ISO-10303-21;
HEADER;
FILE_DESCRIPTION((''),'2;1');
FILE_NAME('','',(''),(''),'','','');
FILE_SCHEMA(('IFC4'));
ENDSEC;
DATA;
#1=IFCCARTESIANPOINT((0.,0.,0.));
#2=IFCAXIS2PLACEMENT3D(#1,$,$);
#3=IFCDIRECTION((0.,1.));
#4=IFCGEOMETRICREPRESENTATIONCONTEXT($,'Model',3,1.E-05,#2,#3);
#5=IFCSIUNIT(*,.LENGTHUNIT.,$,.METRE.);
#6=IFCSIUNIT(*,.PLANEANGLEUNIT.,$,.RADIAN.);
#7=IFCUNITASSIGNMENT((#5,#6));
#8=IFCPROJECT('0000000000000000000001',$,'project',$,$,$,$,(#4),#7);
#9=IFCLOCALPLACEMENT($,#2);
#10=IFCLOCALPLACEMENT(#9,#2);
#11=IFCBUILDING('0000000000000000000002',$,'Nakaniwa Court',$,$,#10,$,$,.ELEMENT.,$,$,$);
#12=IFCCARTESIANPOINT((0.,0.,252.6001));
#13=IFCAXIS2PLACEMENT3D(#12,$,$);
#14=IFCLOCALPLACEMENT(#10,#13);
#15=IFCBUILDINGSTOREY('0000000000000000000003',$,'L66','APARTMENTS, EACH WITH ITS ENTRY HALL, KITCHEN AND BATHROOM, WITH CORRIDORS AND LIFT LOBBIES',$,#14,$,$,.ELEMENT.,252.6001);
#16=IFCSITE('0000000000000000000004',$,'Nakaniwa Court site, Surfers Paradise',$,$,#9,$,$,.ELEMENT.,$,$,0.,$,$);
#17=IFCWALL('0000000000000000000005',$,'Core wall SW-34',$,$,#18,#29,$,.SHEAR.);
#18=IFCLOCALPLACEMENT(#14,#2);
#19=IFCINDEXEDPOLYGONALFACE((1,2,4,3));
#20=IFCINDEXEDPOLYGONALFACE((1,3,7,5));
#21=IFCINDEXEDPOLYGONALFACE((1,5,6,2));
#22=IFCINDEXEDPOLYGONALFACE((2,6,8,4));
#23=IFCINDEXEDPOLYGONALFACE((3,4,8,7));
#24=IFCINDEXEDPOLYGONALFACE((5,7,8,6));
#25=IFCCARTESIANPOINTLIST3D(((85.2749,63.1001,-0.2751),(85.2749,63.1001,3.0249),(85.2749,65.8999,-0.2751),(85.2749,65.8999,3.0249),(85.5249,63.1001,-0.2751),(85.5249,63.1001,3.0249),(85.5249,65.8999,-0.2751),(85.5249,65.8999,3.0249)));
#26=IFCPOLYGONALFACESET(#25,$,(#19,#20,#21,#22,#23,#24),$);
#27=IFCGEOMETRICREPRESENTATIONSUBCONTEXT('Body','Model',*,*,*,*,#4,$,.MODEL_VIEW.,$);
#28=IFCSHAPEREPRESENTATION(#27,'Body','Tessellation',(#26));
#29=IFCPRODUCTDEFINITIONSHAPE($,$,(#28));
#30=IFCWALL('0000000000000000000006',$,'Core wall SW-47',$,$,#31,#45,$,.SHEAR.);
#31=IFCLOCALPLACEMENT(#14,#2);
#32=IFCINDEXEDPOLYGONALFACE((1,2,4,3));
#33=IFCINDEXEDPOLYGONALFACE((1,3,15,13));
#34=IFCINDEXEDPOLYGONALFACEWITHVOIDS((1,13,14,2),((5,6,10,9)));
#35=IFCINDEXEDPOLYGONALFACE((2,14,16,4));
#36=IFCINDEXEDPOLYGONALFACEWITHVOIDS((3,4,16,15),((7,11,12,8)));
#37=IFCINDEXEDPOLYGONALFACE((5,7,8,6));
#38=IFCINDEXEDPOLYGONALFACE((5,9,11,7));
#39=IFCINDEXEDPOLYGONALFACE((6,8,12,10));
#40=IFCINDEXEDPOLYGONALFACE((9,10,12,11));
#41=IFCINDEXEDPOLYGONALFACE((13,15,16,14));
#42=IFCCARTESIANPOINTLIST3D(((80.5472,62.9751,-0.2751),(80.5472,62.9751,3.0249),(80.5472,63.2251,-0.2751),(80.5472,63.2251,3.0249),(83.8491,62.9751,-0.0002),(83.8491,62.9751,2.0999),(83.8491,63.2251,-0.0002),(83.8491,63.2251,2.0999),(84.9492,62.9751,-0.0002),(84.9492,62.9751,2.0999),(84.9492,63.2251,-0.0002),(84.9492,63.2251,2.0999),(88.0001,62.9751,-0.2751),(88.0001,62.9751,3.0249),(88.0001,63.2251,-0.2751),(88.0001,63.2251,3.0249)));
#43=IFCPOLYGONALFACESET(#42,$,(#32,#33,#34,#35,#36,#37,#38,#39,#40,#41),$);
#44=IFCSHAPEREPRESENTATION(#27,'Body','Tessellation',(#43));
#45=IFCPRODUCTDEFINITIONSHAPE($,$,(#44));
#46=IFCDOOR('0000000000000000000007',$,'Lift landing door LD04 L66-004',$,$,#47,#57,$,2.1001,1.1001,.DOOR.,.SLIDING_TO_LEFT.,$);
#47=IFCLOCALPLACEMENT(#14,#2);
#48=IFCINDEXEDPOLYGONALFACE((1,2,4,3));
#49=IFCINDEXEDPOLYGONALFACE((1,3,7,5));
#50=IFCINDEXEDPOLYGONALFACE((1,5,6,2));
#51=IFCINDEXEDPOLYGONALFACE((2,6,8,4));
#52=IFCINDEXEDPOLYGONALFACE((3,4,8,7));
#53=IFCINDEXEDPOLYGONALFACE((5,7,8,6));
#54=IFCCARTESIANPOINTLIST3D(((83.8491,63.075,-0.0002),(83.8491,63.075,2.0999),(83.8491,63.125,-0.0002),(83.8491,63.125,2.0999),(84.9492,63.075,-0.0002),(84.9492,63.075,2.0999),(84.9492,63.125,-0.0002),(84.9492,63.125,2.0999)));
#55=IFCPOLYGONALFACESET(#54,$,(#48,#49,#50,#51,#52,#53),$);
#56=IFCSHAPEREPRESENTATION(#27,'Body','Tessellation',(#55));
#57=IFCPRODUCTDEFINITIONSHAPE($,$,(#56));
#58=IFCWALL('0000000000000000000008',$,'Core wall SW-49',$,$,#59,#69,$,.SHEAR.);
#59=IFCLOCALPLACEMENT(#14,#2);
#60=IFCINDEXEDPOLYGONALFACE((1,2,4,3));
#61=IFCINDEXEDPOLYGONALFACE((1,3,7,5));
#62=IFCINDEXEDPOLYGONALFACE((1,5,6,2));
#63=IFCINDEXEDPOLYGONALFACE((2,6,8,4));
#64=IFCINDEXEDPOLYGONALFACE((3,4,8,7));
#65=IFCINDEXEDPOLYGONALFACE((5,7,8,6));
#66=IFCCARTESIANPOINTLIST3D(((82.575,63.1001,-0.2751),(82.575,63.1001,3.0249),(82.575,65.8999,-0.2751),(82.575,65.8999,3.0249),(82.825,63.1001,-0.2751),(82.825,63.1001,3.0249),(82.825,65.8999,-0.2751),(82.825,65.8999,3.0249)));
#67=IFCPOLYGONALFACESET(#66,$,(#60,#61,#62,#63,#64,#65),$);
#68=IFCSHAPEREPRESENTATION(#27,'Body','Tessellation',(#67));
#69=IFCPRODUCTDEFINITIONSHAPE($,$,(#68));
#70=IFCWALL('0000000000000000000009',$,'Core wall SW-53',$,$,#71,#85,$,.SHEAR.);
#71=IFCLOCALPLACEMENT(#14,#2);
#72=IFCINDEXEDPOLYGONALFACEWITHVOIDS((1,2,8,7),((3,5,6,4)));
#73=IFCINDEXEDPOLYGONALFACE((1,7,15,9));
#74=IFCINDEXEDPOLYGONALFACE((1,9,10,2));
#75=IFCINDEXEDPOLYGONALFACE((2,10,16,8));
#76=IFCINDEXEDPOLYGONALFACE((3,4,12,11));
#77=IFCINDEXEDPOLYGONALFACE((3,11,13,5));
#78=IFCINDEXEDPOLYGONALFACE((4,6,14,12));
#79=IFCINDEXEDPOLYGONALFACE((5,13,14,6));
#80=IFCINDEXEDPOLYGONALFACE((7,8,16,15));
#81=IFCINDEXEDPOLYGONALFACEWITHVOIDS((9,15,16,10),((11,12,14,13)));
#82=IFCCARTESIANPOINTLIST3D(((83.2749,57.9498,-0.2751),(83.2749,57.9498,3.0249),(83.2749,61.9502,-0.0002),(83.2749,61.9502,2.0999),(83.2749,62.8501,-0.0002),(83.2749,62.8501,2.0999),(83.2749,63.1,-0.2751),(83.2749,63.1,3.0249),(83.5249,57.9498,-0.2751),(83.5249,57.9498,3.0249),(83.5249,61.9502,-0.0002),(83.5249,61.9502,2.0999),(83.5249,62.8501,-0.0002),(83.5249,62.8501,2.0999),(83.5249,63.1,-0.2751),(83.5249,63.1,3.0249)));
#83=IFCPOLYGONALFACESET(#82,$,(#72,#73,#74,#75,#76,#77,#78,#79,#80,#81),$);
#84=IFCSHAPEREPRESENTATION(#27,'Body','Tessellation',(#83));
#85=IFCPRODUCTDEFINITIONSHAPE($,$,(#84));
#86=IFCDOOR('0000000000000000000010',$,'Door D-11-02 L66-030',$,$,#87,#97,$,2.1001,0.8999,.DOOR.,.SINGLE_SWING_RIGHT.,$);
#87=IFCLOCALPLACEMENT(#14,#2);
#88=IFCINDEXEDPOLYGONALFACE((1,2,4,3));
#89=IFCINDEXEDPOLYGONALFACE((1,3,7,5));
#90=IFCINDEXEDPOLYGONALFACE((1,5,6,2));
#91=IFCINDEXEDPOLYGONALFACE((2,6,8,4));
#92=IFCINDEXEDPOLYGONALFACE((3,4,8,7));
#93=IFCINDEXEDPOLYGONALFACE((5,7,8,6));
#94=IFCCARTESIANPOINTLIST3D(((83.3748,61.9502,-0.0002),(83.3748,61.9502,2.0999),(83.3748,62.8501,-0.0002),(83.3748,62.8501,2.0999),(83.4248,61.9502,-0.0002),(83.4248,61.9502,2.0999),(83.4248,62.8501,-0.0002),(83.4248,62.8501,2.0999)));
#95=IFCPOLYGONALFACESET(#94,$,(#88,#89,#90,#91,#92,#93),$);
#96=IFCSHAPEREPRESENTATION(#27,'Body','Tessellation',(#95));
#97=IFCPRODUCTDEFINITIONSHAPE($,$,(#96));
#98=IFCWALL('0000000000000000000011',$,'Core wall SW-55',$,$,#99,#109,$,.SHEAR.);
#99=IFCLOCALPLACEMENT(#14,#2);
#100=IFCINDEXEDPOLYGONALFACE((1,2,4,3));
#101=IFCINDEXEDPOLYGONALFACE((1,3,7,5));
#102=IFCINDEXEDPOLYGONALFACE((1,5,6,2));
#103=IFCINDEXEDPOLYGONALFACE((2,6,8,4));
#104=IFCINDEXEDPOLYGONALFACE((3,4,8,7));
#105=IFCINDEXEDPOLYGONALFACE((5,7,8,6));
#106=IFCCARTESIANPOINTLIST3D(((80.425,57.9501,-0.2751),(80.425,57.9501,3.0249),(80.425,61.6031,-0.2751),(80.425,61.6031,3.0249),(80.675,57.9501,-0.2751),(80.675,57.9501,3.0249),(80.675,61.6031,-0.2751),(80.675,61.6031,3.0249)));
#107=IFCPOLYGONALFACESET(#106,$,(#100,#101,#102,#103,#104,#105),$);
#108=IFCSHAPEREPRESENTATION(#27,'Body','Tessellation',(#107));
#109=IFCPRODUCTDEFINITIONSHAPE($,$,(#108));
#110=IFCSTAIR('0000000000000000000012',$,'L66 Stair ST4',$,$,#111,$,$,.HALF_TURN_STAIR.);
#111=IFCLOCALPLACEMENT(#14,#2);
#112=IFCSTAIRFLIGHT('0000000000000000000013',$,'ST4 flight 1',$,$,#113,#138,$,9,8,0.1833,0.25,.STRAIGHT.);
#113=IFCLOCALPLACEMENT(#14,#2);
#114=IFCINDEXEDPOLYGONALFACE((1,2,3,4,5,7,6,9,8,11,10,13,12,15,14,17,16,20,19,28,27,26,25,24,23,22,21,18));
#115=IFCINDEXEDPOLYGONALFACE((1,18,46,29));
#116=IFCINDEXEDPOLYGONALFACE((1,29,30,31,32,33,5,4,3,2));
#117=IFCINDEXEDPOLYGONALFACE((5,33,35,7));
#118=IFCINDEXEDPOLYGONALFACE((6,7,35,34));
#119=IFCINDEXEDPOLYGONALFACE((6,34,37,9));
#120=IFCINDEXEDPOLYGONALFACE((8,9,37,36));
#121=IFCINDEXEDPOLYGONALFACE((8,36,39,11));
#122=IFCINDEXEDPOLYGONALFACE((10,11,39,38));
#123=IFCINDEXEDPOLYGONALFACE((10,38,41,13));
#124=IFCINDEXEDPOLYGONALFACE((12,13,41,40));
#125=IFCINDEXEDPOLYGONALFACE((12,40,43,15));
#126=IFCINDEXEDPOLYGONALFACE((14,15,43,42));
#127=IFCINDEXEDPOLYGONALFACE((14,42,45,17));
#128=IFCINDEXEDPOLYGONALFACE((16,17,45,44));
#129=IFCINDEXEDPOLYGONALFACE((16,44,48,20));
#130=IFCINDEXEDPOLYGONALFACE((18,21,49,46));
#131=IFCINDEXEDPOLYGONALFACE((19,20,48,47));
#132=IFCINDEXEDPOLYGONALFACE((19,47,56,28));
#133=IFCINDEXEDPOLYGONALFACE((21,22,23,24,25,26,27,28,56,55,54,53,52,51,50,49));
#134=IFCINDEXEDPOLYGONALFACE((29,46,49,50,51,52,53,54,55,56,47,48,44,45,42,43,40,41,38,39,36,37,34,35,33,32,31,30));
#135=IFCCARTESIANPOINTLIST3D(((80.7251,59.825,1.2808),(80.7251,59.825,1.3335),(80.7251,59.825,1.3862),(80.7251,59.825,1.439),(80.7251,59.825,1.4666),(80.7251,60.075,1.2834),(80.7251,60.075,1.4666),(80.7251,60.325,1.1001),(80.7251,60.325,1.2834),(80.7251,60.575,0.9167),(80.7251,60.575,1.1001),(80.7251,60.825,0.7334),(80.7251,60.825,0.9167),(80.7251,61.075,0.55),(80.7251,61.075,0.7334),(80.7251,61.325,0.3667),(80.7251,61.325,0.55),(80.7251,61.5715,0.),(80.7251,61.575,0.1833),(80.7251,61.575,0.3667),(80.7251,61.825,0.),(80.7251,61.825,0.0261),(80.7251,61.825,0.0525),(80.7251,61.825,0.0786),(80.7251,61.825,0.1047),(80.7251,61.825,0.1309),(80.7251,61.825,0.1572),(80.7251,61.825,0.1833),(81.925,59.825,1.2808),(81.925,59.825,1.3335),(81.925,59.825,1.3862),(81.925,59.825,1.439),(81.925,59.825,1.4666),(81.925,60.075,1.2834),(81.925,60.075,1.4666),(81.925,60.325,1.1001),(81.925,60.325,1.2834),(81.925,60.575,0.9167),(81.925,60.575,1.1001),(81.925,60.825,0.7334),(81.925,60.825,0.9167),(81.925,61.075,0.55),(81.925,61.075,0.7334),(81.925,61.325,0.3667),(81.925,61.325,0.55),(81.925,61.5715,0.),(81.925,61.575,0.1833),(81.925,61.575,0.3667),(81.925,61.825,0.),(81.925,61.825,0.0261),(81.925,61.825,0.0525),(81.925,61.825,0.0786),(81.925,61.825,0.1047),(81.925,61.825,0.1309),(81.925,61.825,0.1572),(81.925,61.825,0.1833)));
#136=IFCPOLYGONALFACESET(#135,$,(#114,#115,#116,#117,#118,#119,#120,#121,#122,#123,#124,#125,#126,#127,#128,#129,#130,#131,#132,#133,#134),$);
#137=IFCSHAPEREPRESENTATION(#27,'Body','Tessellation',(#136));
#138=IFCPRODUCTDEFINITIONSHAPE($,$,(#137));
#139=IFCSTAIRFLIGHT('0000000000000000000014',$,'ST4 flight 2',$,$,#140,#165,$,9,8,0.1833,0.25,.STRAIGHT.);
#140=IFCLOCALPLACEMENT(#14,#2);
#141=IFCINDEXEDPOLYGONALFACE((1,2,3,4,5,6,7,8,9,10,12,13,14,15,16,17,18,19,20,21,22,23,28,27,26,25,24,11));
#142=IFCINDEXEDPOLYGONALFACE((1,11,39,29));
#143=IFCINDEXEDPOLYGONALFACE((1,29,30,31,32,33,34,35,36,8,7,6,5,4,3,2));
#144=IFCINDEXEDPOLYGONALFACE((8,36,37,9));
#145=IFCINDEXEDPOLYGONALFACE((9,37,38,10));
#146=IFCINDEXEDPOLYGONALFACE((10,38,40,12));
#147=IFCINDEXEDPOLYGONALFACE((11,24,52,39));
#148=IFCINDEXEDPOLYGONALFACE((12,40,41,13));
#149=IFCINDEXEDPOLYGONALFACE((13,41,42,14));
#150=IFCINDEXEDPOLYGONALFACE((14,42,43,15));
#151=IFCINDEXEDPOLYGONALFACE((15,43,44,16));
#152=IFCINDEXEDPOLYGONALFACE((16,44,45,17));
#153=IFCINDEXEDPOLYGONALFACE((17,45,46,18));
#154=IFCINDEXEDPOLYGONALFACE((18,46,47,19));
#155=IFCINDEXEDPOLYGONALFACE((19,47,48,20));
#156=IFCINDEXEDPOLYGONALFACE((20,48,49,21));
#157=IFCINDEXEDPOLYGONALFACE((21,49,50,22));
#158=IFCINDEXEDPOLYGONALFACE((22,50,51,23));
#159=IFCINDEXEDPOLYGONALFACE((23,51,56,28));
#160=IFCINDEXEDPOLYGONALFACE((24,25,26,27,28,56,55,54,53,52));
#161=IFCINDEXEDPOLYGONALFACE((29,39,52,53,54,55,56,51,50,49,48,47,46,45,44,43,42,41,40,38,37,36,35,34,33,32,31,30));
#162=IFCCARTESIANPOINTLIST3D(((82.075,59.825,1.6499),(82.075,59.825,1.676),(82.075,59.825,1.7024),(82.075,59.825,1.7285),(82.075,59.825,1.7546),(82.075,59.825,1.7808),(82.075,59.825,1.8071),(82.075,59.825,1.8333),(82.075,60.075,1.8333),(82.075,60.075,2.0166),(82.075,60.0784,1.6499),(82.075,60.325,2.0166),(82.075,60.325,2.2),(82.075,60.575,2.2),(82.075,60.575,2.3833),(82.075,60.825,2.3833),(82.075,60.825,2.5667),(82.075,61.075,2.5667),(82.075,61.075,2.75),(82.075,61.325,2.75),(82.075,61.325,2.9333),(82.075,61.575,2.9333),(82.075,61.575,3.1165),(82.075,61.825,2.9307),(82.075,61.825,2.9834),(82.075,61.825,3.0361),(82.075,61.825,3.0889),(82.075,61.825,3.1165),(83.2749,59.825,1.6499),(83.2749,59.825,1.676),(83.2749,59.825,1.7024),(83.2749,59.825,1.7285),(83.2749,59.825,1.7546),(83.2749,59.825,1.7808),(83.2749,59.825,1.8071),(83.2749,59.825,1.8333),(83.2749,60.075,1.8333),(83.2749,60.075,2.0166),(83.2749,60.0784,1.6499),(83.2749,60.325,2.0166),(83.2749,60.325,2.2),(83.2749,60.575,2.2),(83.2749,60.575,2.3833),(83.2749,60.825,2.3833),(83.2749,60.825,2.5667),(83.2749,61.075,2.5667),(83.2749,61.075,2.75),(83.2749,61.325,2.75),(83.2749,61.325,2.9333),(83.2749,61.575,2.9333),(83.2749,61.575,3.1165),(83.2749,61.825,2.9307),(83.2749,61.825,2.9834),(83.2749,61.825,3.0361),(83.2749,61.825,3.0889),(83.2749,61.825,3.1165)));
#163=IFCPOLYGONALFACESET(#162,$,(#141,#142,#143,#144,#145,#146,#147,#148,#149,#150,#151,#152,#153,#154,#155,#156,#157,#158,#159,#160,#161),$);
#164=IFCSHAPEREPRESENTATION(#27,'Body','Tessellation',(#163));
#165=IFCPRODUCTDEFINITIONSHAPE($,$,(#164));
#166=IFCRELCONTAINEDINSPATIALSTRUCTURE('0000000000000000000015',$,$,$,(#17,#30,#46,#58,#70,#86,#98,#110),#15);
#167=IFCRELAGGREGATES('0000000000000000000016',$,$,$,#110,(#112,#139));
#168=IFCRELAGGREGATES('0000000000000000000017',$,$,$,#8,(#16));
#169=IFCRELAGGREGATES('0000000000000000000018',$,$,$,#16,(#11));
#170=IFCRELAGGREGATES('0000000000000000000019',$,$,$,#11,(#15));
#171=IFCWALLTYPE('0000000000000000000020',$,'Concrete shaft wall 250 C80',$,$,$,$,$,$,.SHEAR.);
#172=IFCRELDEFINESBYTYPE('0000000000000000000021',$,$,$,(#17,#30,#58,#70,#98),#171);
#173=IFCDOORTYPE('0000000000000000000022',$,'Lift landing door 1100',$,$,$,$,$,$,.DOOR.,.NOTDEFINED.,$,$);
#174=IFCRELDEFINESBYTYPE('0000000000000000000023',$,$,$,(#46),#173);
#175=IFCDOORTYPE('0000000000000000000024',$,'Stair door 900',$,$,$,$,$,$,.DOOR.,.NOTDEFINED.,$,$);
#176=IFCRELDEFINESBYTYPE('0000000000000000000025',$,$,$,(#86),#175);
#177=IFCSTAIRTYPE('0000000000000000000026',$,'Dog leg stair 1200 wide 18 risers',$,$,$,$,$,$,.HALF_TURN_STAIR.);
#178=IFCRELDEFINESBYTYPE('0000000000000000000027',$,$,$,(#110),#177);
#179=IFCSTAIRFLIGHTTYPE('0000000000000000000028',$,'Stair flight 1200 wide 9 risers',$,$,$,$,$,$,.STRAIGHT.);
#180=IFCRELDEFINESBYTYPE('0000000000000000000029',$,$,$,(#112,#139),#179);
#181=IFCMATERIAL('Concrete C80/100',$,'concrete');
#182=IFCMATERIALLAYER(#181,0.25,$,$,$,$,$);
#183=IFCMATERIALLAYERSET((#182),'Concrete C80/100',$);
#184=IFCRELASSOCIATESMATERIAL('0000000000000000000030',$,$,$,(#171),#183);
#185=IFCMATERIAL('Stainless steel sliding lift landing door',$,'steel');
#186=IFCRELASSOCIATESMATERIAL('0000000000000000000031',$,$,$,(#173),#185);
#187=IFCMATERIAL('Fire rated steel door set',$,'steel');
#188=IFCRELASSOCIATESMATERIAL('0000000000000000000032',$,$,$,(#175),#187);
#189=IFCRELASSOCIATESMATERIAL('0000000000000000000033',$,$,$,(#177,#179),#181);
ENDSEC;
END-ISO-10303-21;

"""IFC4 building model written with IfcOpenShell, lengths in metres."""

from ifc_helpers import new_model, si_unit, direction, frame, frame_2d, origin, place, context, subcontext, project, spatial, polyline, rectangle, outline, extrude, material, layer, layer_set, type_object, element, fill, aggregate, save


model = new_model("IFC4")

# Units and contexts
model_context = context("Model", 3, precision=1e-05, world=origin(), true_north=direction((0.0, 1.0)))
body_context = subcontext(model_context, "Body", "Model", "MODEL_VIEW")
ifc_project = project(units=[si_unit("LENGTHUNIT", "METRE"), si_unit("PLANEANGLEUNIT", "RADIAN")], contexts=[model_context])

# Site, building, storey
site_placement = place(None, origin())
site = spatial("IfcSite", under=ifc_project, at=site_placement, Name="Nakaniwa Court site, Surfers Paradise", CompositionType="ELEMENT", RefElevation=0.0)
building_placement = place(site_placement, origin())
building = spatial("IfcBuilding", under=site, at=building_placement, Name="Nakaniwa Court", CompositionType="ELEMENT")
storey_placement = place(building_placement, frame((0.0, 0.0, 252.6001)))
storey = spatial("IfcBuildingStorey", under=building, at=storey_placement, Name="L66", Description="APARTMENTS, EACH WITH ITS ENTRY HALL, KITCHEN AND BATHROOM, WITH CORRIDORS AND LIFT LOBBIES", CompositionType="ELEMENT", Elevation=252.6001)

# Shared definitions
ifc_material_1 = material(Name="Fire rated steel door set", Category="steel")

# Wall
ifc_material_2 = material(Name="Concrete C80/100", Category="concrete")
ifc_layer_1 = layer(ifc_material_2, 0.25)
ifc_layer_set_1 = layer_set([ifc_layer_1], Name="Concrete C80/100")
wall_type_1 = type_object("IfcWallType", Name="Concrete shaft wall 250 C80", PredefinedType="SHEAR", material=ifc_layer_set_1)
wall_1_placement = place(storey_placement, frame((85.3999, 63.1001, -0.2751), z_axis=(0.0, 0.0, 1.0), x_axis=(0.0, 1.0, 0.0)))
element("IfcWall", 1, at=wall_1_placement, inside=storey, type_object=wall_type_1, Name="Core wall SW-34", PredefinedType="SHEAR", context=body_context, shape_type="SweptSolid", body=[
    extrude(rectangle(XDim=2.7998, YDim=0.25, at=frame_2d((1.3999, 0.0))), origin(), (0.0, 0.0, 1.0), 3.3),
])

# Wall, opening, door
wall_2_placement = place(storey_placement, frame((80.5471, 63.1001, -0.2751), z_axis=(0.0, 0.0, 1.0), x_axis=(1.0, 0.0, 0.0)))
wall_2 = element("IfcWall", 2, at=wall_2_placement, inside=storey, type_object=wall_type_1, Name="Core wall SW-47", PredefinedType="SHEAR", context=body_context, shape_type="SweptSolid", body=[
    extrude(rectangle(XDim=7.4529, YDim=0.25, at=frame_2d((3.7266, 0.0))), origin(), (0.0, 0.0, 1.0), 3.3),
])
opening_1_placement = place(wall_2_placement, frame((3.302, 0.0, 0.2749)))
opening_1 = element("IfcOpeningElement", 3, at=opening_1_placement, cuts=wall_2, PredefinedType="OPENING", context=body_context, shape_type="SweptSolid", body=[
    extrude(rectangle(XDim=1.1001, YDim=2.1001, at=frame_2d((0.55, 1.05))), frame((0.0, 0.135, 0.0), z_axis=(0.0, -1.0, 0.0), x_axis=(1.0, 0.0, 0.0)), (0.0, 0.0, 1.0), 0.27),
])
ifc_material_3 = material(Name="Stainless steel sliding lift landing door", Category="steel")
door_type_1 = type_object("IfcDoorType", Name="Lift landing door 1100", OperationType="NOTDEFINED", PredefinedType="DOOR", material=ifc_material_3)
door_1_placement = place(opening_1_placement, origin())
door_1 = element("IfcDoor", 4, at=door_1_placement, inside=storey, type_object=door_type_1, Name="Lift landing door LD04 L66-004", OperationType="SLIDING_TO_LEFT", OverallHeight=2.1001, OverallWidth=1.1001, PredefinedType="DOOR", context=body_context, shape_type="SweptSolid", body=[
    extrude(rectangle(XDim=1.1001, YDim=2.1001, at=frame_2d((0.55, 1.05))), frame((0.0, 0.0249, 0.0), z_axis=(0.0, -1.0, 0.0), x_axis=(1.0, 0.0, 0.0)), (0.0, 0.0, 1.0), 0.05),
])
fill(opening_1, door_1)

# Wall
wall_3_placement = place(storey_placement, frame((82.7, 63.1001, -0.2751), z_axis=(0.0, 0.0, 1.0), x_axis=(0.0, 1.0, 0.0)))
element("IfcWall", 5, at=wall_3_placement, inside=storey, type_object=wall_type_1, Name="Core wall SW-49", PredefinedType="SHEAR", context=body_context, shape_type="SweptSolid", body=[
    extrude(rectangle(XDim=2.7998, YDim=0.25, at=frame_2d((1.3999, 0.0))), origin(), (0.0, 0.0, 1.0), 3.3),
])

# Wall, opening, door
wall_4_placement = place(storey_placement, frame((83.3999, 63.1001, -0.2751), z_axis=(0.0, 0.0, 1.0), x_axis=(0.0, -1.0, 0.0)))
wall_4 = element("IfcWall", 6, at=wall_4_placement, inside=storey, type_object=wall_type_1, Name="Core wall SW-53", PredefinedType="SHEAR", context=body_context, shape_type="SweptSolid", body=[
    extrude(rectangle(XDim=5.1501, YDim=0.25, at=frame_2d((2.5752, 0.0))), origin(), (0.0, 0.0, 1.0), 3.3),
])
opening_2_placement = place(wall_4_placement, frame((0.25, 0.0, 0.2749)))
opening_2 = element("IfcOpeningElement", 7, at=opening_2_placement, cuts=wall_4, PredefinedType="OPENING", context=body_context, shape_type="SweptSolid", body=[
    extrude(rectangle(XDim=0.8999, YDim=2.1001, at=frame_2d((0.45, 1.05))), frame((0.0, 0.135, 0.0), z_axis=(0.0, -1.0, 0.0), x_axis=(1.0, 0.0, 0.0)), (0.0, 0.0, 1.0), 0.27),
])
door_type_2 = type_object("IfcDoorType", Name="Stair door 900", OperationType="NOTDEFINED", PredefinedType="DOOR", material=ifc_material_1)
door_2_placement = place(opening_2_placement, origin())
door_2 = element("IfcDoor", 8, at=door_2_placement, inside=storey, type_object=door_type_2, Name="Door D-11-02 L66-030", OperationType="SINGLE_SWING_RIGHT", OverallHeight=2.1001, OverallWidth=0.8999, PredefinedType="DOOR", context=body_context, shape_type="SweptSolid", body=[
    extrude(rectangle(XDim=0.8999, YDim=2.1001, at=frame_2d((0.45, 1.05))), frame((0.0, 0.0249, 0.0), z_axis=(0.0, -1.0, 0.0), x_axis=(1.0, 0.0, 0.0)), (0.0, 0.0, 1.0), 0.05),
])
fill(opening_2, door_2)

# Wall
wall_5_placement = place(storey_placement, frame((80.55, 57.95, -0.2751), z_axis=(0.0, 0.0, 1.0), x_axis=(0.0, 1.0, 0.0)))
element("IfcWall", 9, at=wall_5_placement, inside=storey, type_object=wall_type_1, Name="Core wall SW-55", PredefinedType="SHEAR", context=body_context, shape_type="SweptSolid", body=[
    extrude(rectangle(XDim=3.6531, YDim=0.25, at=frame_2d((1.8267, 0.0))), origin(), (0.0, 0.0, 1.0), 3.3),
])

# Stair, stair flights
stair_type = type_object("IfcStairType", Name="Dog leg stair 1200 wide 18 risers", PredefinedType="HALF_TURN_STAIR", material=ifc_material_2)
stair_placement = place(storey_placement, origin())
stair = element("IfcStair", 10, at=stair_placement, inside=storey, type_object=stair_type, Name="L66 Stair ST4", PredefinedType="HALF_TURN_STAIR")
stair_flight_type = type_object("IfcStairFlightType", Name="Stair flight 1200 wide 9 risers", PredefinedType="STRAIGHT", material=ifc_material_2)
stair_flight_1_placement = place(storey_placement, frame((81.325, 61.825, 0.0), z_axis=(0.0, 0.0, 1.0), x_axis=(0.0, -1.0, 0.0)))
stair_flight_1 = element("IfcStairFlight", 11, at=stair_flight_1_placement, type_object=stair_flight_type, Name="ST4 flight 1", NumberOfRisers=9, NumberOfTreads=8, PredefinedType="STRAIGHT", RiserHeight=0.1833, TreadLength=0.25, context=body_context, shape_type="SweptSolid", body=[
    extrude(outline(polyline([(0.0, 0.0), (0.0, 0.0261), (0.0, 0.0525), (0.0, 0.0786), (0.0, 0.1047), (0.0, 0.1309), (0.0, 0.1572), (0.0, 0.1833), (0.25, 0.1833), (0.25, 0.3667), (0.5, 0.3667), (0.5, 0.55), (0.75, 0.55), (0.75, 0.7334), (1.0, 0.7334), (1.0, 0.9167), (1.25, 0.9167), (1.25, 1.1001), (1.5, 1.1001), (1.5, 1.2834), (1.75, 1.2834), (1.75, 1.4666), (2.0, 1.4666), (2.0, 1.6499), (2.0, 1.5972), (2.0, 1.5444), (2.0, 1.4917), (2.0, 1.439), (2.0, 1.3862), (2.0, 1.3335), (2.0, 1.2808), (0.2534, 0.0), (0.0, 0.0)])), frame((0.0, 0.6001, 0.0), z_axis=(0.0, -1.0, 0.0), x_axis=(1.0, 0.0, 0.0)), (0.0, 0.0, 1.0), 1.2),
])
stair_flight_2_placement = place(storey_placement, frame((82.675, 59.825, 1.6499), z_axis=(0.0, 0.0, 1.0), x_axis=(0.0, 1.0, 0.0)))
stair_flight_2 = element("IfcStairFlight", 12, at=stair_flight_2_placement, type_object=stair_flight_type, Name="ST4 flight 2", NumberOfRisers=9, NumberOfTreads=8, PredefinedType="STRAIGHT", RiserHeight=0.1833, TreadLength=0.25, context=body_context, shape_type="SweptSolid", body=[
    extrude(outline(polyline([(0.0, 0.0), (0.0, 0.0261), (0.0, 0.0525), (0.0, 0.0786), (0.0, 0.1047), (0.0, 0.1309), (0.0, 0.1572), (0.0, 0.1833), (0.25, 0.1833), (0.25, 0.3667), (0.5, 0.3667), (0.5, 0.55), (0.75, 0.55), (0.75, 0.7334), (1.0, 0.7334), (1.0, 0.9167), (1.25, 0.9167), (1.25, 1.1001), (1.5, 1.1001), (1.5, 1.2834), (1.75, 1.2834), (1.75, 1.4666), (2.0, 1.4666), (2.0, 1.6499), (2.0, 1.5972), (2.0, 1.5444), (2.0, 1.4917), (2.0, 1.439), (2.0, 1.3862), (2.0, 1.3335), (2.0, 1.2808), (0.2534, 0.0), (0.0, 0.0)])), frame((0.0, 0.6001, 0.0), z_axis=(0.0, -1.0, 0.0), x_axis=(1.0, 0.0, 0.0)), (0.0, 0.0, 1.0), 1.2),
])
aggregate(stair, [stair_flight_1, stair_flight_2])

save(model, "model.ifc")
